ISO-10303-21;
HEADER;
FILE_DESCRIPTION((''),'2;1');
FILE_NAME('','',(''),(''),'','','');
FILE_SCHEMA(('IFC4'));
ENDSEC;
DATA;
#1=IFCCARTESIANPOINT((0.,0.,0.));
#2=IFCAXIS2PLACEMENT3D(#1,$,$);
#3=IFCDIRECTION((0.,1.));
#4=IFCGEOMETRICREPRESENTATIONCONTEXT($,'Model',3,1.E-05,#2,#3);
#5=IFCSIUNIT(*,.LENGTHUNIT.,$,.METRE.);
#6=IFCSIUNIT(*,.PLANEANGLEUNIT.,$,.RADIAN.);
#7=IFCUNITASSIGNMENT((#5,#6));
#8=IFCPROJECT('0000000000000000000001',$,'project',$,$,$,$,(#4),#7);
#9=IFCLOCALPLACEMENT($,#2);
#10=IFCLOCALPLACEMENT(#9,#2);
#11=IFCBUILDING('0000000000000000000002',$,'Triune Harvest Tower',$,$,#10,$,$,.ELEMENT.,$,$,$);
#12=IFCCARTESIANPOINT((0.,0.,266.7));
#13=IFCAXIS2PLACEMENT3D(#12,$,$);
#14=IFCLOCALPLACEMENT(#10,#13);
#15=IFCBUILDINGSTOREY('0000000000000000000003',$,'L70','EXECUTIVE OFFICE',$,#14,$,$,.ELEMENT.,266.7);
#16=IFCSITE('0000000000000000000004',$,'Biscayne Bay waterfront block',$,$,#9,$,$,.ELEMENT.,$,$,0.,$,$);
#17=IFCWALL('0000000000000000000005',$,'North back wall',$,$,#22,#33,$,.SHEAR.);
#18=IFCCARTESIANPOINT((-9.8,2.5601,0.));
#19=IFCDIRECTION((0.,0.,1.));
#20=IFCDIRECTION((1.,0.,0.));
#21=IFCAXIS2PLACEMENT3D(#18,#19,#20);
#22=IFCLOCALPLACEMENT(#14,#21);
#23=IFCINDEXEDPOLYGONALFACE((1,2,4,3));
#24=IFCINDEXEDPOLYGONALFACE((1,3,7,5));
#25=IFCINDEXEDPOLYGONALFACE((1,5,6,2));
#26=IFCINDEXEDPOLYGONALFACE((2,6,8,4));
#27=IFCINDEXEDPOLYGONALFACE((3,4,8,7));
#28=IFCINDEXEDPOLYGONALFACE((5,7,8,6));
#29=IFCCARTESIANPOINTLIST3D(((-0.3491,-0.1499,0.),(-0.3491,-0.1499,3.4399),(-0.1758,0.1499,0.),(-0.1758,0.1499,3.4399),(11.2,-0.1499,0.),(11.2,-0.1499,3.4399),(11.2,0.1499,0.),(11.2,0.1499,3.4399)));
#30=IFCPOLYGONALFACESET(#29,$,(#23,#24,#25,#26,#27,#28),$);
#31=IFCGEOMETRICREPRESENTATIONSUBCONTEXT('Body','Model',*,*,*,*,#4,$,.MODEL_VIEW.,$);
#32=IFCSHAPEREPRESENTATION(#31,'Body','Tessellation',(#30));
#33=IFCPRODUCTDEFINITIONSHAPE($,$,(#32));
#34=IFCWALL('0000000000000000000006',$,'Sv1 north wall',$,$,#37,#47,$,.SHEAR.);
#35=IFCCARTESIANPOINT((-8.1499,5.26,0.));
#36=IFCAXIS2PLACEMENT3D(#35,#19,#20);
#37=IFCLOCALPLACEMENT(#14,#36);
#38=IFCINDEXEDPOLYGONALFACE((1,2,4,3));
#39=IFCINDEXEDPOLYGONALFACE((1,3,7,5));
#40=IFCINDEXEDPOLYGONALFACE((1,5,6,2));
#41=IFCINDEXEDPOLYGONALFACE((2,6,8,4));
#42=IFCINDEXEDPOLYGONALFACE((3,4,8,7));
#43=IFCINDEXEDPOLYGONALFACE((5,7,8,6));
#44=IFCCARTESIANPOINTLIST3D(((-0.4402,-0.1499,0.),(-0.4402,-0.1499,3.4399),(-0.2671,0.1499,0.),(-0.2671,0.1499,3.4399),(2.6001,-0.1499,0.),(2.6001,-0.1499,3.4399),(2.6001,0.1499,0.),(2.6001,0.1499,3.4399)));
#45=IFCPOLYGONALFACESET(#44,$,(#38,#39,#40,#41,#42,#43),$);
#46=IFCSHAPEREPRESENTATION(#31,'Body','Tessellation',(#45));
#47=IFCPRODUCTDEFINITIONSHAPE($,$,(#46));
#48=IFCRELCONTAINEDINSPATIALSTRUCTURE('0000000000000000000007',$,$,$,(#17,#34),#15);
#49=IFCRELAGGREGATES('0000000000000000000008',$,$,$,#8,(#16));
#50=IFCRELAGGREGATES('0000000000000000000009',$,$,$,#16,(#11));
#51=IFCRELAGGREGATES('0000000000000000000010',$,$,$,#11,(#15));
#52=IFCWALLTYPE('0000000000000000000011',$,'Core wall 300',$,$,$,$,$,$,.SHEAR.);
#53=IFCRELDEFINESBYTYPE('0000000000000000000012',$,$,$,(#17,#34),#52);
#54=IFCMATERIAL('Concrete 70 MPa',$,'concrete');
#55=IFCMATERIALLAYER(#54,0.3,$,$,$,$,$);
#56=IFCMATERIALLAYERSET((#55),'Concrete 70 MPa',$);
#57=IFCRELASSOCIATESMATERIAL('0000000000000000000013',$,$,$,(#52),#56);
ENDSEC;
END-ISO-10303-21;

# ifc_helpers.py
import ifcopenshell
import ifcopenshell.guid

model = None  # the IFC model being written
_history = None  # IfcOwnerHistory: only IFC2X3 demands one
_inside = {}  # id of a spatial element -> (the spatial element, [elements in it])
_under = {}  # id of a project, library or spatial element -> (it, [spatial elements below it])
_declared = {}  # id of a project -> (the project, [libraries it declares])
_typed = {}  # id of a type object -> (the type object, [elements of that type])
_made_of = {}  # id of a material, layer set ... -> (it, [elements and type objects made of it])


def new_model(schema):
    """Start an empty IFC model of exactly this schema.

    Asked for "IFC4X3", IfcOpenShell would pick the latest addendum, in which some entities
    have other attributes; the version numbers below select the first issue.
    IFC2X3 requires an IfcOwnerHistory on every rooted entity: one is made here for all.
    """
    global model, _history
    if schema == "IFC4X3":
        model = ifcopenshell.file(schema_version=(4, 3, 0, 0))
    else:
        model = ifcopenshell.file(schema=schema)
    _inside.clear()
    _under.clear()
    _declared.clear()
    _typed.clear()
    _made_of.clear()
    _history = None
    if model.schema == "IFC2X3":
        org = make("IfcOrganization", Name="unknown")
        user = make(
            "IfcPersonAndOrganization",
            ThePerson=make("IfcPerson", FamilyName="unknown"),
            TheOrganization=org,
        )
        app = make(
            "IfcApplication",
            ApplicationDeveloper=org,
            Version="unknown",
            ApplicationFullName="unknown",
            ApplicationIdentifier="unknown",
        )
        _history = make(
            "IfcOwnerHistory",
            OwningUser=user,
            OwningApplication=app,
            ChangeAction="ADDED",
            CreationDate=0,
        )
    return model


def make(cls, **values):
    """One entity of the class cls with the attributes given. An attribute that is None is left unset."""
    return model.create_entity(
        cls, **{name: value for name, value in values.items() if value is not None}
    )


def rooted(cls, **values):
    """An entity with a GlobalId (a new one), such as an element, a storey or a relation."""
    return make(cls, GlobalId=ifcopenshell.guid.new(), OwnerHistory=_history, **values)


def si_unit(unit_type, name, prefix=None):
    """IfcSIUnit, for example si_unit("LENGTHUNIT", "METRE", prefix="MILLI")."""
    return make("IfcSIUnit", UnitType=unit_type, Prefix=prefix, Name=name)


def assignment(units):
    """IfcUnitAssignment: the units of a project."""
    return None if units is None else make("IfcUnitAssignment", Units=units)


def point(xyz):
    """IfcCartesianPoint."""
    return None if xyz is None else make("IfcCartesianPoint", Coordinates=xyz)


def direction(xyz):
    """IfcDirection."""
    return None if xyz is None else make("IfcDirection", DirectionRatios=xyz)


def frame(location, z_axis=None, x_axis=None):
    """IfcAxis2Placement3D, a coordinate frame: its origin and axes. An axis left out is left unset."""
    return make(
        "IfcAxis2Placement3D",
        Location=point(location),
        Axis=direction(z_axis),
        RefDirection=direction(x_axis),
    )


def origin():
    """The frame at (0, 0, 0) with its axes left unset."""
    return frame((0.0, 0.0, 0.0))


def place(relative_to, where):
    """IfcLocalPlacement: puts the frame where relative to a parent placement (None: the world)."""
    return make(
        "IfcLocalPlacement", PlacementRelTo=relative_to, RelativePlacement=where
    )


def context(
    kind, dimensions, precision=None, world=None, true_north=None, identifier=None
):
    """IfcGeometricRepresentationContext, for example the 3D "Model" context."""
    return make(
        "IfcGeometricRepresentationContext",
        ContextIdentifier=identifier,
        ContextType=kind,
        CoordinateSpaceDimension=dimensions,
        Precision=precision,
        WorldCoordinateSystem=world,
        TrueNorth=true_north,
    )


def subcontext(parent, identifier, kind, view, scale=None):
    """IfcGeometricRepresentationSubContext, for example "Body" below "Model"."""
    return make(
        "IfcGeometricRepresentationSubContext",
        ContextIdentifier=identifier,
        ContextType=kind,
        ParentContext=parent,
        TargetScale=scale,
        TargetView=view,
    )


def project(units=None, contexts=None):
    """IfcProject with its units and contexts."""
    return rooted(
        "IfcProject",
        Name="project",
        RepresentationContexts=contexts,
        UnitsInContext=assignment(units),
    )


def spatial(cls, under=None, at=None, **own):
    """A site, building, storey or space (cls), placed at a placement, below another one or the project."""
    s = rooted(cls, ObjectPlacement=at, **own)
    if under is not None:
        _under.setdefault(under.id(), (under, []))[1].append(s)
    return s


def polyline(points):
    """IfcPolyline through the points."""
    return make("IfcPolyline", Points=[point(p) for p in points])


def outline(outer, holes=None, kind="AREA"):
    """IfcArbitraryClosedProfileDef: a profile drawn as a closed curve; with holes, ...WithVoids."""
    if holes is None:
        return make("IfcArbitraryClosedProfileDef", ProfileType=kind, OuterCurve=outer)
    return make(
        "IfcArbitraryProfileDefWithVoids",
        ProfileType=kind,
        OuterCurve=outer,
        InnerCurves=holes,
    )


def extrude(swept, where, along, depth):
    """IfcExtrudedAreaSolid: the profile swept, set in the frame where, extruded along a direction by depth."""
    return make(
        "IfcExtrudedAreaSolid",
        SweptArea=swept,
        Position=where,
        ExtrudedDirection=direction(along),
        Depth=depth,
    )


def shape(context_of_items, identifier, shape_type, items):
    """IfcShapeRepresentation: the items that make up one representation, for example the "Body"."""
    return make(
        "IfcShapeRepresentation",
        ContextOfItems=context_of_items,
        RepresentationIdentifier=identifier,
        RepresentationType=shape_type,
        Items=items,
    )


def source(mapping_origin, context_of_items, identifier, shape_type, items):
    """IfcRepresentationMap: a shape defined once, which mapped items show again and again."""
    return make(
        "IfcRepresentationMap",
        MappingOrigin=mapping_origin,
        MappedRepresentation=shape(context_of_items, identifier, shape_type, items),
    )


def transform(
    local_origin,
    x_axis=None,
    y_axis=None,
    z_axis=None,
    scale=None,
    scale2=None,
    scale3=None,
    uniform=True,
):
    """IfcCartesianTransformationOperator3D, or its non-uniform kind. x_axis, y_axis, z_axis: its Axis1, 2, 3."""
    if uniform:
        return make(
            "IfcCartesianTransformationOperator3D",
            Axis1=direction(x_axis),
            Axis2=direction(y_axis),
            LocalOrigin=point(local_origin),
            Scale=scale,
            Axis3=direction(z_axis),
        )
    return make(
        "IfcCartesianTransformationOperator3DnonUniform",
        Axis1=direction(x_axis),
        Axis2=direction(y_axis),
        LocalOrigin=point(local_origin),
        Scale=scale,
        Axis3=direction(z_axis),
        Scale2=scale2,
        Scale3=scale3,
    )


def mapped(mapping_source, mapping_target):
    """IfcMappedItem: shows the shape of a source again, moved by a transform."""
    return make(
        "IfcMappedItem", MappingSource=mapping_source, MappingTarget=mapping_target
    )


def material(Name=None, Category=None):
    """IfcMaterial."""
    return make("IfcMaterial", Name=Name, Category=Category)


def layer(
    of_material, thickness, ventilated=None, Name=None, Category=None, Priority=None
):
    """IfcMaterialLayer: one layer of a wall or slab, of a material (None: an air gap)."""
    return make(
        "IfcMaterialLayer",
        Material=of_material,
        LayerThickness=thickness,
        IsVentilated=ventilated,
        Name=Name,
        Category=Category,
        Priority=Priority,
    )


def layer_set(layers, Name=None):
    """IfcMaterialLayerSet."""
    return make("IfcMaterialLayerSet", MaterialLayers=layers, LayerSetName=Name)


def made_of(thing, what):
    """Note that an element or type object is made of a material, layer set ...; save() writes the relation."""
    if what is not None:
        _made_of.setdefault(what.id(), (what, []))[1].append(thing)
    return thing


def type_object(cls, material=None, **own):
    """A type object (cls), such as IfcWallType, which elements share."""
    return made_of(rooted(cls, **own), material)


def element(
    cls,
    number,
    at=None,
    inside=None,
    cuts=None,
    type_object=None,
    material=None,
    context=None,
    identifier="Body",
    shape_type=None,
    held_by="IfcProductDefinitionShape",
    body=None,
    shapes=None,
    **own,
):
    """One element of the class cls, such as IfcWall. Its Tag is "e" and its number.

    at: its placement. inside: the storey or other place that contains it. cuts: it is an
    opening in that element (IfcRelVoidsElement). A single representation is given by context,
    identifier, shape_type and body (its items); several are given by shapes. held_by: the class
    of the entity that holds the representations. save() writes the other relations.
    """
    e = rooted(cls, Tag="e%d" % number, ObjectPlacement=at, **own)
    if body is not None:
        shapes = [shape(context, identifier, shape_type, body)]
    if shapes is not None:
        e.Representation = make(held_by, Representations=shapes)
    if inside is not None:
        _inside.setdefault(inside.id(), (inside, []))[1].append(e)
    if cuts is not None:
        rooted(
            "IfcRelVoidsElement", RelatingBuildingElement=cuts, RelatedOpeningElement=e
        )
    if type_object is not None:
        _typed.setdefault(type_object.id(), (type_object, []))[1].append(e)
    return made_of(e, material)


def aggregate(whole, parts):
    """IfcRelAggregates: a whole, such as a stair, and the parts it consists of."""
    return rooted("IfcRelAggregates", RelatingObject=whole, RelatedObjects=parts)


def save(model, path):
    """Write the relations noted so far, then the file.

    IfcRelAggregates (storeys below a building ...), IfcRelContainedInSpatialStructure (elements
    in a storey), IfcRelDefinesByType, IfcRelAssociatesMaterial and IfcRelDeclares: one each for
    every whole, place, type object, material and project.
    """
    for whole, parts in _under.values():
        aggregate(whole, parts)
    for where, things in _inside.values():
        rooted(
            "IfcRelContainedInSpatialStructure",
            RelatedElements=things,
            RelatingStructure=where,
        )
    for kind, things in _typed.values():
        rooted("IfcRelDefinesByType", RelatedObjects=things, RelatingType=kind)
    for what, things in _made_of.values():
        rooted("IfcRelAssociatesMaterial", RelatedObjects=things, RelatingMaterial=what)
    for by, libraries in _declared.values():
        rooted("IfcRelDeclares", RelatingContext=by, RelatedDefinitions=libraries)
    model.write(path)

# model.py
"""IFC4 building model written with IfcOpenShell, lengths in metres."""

from ifc_helpers import new_model, si_unit, direction, frame, origin, place, context, subcontext, project, spatial, polyline, outline, extrude, source, transform, mapped, material, layer, layer_set, type_object, element, save


model = new_model("IFC4")

# Units and contexts
model_context = context("Model", 3, precision=1e-05, world=origin(), true_north=direction((0.0, 1.0)))
body_context = subcontext(model_context, "Body", "Model", "MODEL_VIEW")
ifc_project = project(units=[si_unit("LENGTHUNIT", "METRE"), si_unit("PLANEANGLEUNIT", "RADIAN")], contexts=[model_context])

# Site, building, storey
site_placement = place(None, origin())
site = spatial("IfcSite", under=ifc_project, at=site_placement, Name="Biscayne Bay waterfront block", CompositionType="ELEMENT", RefElevation=0.0)
building_placement = place(site_placement, origin())
building = spatial("IfcBuilding", under=site, at=building_placement, Name="Triune Harvest Tower", CompositionType="ELEMENT")
storey_placement = place(building_placement, frame((0.0, 0.0, 266.7)))
storey = spatial("IfcBuildingStorey", under=building, at=storey_placement, Name="L70", Description="EXECUTIVE OFFICE", CompositionType="ELEMENT", Elevation=266.7)

# Wall
ifc_material_1 = material(Name="Concrete 70 MPa", Category="concrete")
ifc_layer_1 = layer(ifc_material_1, 0.3)
ifc_layer_set_1 = layer_set([ifc_layer_1], Name="Concrete 70 MPa")
wall_type_1 = type_object("IfcWallType", Name="Core wall 300", PredefinedType="SHEAR", material=ifc_layer_set_1)
shared_shape_1 = source(origin(), body_context, "Body", "SweptSolid", [
    extrude(outline(polyline([(11.2, -0.1499), (-0.3491, -0.1499), (-0.1758, 0.1499), (11.2, 0.1499), (11.2, -0.1499)])), origin(), (0.0, 0.0, 1.0), 3.4399),
])
wall_1_placement = place(storey_placement, frame((-9.8, 2.5601, 0.0), z_axis=(0.0, 0.0, 1.0), x_axis=(1.0, 0.0, 0.0)))
element("IfcWall", 1, at=wall_1_placement, inside=storey, type_object=wall_type_1, Name="North back wall", PredefinedType="SHEAR", context=body_context, shape_type="MappedRepresentation", body=[
    mapped(shared_shape_1, transform((0.0, 0.0, 0.0), scale=1.0)),
])

# Wall
shared_shape_2 = source(origin(), body_context, "Body", "SweptSolid", [
    extrude(outline(polyline([(2.6001, -0.1499), (-0.4402, -0.1499), (-0.2671, 0.1499), (2.6001, 0.1499), (2.6001, -0.1499)])), origin(), (0.0, 0.0, 1.0), 3.4399),
])
wall_2_placement = place(storey_placement, frame((-8.1499, 5.26, 0.0), z_axis=(0.0, 0.0, 1.0), x_axis=(1.0, 0.0, 0.0)))
element("IfcWall", 2, at=wall_2_placement, inside=storey, type_object=wall_type_1, Name="Sv1 north wall", PredefinedType="SHEAR", context=body_context, shape_type="MappedRepresentation", body=[
    mapped(shared_shape_2, transform((0.0, 0.0, 0.0), scale=1.0)),
])

save(model, "model.ifc")
